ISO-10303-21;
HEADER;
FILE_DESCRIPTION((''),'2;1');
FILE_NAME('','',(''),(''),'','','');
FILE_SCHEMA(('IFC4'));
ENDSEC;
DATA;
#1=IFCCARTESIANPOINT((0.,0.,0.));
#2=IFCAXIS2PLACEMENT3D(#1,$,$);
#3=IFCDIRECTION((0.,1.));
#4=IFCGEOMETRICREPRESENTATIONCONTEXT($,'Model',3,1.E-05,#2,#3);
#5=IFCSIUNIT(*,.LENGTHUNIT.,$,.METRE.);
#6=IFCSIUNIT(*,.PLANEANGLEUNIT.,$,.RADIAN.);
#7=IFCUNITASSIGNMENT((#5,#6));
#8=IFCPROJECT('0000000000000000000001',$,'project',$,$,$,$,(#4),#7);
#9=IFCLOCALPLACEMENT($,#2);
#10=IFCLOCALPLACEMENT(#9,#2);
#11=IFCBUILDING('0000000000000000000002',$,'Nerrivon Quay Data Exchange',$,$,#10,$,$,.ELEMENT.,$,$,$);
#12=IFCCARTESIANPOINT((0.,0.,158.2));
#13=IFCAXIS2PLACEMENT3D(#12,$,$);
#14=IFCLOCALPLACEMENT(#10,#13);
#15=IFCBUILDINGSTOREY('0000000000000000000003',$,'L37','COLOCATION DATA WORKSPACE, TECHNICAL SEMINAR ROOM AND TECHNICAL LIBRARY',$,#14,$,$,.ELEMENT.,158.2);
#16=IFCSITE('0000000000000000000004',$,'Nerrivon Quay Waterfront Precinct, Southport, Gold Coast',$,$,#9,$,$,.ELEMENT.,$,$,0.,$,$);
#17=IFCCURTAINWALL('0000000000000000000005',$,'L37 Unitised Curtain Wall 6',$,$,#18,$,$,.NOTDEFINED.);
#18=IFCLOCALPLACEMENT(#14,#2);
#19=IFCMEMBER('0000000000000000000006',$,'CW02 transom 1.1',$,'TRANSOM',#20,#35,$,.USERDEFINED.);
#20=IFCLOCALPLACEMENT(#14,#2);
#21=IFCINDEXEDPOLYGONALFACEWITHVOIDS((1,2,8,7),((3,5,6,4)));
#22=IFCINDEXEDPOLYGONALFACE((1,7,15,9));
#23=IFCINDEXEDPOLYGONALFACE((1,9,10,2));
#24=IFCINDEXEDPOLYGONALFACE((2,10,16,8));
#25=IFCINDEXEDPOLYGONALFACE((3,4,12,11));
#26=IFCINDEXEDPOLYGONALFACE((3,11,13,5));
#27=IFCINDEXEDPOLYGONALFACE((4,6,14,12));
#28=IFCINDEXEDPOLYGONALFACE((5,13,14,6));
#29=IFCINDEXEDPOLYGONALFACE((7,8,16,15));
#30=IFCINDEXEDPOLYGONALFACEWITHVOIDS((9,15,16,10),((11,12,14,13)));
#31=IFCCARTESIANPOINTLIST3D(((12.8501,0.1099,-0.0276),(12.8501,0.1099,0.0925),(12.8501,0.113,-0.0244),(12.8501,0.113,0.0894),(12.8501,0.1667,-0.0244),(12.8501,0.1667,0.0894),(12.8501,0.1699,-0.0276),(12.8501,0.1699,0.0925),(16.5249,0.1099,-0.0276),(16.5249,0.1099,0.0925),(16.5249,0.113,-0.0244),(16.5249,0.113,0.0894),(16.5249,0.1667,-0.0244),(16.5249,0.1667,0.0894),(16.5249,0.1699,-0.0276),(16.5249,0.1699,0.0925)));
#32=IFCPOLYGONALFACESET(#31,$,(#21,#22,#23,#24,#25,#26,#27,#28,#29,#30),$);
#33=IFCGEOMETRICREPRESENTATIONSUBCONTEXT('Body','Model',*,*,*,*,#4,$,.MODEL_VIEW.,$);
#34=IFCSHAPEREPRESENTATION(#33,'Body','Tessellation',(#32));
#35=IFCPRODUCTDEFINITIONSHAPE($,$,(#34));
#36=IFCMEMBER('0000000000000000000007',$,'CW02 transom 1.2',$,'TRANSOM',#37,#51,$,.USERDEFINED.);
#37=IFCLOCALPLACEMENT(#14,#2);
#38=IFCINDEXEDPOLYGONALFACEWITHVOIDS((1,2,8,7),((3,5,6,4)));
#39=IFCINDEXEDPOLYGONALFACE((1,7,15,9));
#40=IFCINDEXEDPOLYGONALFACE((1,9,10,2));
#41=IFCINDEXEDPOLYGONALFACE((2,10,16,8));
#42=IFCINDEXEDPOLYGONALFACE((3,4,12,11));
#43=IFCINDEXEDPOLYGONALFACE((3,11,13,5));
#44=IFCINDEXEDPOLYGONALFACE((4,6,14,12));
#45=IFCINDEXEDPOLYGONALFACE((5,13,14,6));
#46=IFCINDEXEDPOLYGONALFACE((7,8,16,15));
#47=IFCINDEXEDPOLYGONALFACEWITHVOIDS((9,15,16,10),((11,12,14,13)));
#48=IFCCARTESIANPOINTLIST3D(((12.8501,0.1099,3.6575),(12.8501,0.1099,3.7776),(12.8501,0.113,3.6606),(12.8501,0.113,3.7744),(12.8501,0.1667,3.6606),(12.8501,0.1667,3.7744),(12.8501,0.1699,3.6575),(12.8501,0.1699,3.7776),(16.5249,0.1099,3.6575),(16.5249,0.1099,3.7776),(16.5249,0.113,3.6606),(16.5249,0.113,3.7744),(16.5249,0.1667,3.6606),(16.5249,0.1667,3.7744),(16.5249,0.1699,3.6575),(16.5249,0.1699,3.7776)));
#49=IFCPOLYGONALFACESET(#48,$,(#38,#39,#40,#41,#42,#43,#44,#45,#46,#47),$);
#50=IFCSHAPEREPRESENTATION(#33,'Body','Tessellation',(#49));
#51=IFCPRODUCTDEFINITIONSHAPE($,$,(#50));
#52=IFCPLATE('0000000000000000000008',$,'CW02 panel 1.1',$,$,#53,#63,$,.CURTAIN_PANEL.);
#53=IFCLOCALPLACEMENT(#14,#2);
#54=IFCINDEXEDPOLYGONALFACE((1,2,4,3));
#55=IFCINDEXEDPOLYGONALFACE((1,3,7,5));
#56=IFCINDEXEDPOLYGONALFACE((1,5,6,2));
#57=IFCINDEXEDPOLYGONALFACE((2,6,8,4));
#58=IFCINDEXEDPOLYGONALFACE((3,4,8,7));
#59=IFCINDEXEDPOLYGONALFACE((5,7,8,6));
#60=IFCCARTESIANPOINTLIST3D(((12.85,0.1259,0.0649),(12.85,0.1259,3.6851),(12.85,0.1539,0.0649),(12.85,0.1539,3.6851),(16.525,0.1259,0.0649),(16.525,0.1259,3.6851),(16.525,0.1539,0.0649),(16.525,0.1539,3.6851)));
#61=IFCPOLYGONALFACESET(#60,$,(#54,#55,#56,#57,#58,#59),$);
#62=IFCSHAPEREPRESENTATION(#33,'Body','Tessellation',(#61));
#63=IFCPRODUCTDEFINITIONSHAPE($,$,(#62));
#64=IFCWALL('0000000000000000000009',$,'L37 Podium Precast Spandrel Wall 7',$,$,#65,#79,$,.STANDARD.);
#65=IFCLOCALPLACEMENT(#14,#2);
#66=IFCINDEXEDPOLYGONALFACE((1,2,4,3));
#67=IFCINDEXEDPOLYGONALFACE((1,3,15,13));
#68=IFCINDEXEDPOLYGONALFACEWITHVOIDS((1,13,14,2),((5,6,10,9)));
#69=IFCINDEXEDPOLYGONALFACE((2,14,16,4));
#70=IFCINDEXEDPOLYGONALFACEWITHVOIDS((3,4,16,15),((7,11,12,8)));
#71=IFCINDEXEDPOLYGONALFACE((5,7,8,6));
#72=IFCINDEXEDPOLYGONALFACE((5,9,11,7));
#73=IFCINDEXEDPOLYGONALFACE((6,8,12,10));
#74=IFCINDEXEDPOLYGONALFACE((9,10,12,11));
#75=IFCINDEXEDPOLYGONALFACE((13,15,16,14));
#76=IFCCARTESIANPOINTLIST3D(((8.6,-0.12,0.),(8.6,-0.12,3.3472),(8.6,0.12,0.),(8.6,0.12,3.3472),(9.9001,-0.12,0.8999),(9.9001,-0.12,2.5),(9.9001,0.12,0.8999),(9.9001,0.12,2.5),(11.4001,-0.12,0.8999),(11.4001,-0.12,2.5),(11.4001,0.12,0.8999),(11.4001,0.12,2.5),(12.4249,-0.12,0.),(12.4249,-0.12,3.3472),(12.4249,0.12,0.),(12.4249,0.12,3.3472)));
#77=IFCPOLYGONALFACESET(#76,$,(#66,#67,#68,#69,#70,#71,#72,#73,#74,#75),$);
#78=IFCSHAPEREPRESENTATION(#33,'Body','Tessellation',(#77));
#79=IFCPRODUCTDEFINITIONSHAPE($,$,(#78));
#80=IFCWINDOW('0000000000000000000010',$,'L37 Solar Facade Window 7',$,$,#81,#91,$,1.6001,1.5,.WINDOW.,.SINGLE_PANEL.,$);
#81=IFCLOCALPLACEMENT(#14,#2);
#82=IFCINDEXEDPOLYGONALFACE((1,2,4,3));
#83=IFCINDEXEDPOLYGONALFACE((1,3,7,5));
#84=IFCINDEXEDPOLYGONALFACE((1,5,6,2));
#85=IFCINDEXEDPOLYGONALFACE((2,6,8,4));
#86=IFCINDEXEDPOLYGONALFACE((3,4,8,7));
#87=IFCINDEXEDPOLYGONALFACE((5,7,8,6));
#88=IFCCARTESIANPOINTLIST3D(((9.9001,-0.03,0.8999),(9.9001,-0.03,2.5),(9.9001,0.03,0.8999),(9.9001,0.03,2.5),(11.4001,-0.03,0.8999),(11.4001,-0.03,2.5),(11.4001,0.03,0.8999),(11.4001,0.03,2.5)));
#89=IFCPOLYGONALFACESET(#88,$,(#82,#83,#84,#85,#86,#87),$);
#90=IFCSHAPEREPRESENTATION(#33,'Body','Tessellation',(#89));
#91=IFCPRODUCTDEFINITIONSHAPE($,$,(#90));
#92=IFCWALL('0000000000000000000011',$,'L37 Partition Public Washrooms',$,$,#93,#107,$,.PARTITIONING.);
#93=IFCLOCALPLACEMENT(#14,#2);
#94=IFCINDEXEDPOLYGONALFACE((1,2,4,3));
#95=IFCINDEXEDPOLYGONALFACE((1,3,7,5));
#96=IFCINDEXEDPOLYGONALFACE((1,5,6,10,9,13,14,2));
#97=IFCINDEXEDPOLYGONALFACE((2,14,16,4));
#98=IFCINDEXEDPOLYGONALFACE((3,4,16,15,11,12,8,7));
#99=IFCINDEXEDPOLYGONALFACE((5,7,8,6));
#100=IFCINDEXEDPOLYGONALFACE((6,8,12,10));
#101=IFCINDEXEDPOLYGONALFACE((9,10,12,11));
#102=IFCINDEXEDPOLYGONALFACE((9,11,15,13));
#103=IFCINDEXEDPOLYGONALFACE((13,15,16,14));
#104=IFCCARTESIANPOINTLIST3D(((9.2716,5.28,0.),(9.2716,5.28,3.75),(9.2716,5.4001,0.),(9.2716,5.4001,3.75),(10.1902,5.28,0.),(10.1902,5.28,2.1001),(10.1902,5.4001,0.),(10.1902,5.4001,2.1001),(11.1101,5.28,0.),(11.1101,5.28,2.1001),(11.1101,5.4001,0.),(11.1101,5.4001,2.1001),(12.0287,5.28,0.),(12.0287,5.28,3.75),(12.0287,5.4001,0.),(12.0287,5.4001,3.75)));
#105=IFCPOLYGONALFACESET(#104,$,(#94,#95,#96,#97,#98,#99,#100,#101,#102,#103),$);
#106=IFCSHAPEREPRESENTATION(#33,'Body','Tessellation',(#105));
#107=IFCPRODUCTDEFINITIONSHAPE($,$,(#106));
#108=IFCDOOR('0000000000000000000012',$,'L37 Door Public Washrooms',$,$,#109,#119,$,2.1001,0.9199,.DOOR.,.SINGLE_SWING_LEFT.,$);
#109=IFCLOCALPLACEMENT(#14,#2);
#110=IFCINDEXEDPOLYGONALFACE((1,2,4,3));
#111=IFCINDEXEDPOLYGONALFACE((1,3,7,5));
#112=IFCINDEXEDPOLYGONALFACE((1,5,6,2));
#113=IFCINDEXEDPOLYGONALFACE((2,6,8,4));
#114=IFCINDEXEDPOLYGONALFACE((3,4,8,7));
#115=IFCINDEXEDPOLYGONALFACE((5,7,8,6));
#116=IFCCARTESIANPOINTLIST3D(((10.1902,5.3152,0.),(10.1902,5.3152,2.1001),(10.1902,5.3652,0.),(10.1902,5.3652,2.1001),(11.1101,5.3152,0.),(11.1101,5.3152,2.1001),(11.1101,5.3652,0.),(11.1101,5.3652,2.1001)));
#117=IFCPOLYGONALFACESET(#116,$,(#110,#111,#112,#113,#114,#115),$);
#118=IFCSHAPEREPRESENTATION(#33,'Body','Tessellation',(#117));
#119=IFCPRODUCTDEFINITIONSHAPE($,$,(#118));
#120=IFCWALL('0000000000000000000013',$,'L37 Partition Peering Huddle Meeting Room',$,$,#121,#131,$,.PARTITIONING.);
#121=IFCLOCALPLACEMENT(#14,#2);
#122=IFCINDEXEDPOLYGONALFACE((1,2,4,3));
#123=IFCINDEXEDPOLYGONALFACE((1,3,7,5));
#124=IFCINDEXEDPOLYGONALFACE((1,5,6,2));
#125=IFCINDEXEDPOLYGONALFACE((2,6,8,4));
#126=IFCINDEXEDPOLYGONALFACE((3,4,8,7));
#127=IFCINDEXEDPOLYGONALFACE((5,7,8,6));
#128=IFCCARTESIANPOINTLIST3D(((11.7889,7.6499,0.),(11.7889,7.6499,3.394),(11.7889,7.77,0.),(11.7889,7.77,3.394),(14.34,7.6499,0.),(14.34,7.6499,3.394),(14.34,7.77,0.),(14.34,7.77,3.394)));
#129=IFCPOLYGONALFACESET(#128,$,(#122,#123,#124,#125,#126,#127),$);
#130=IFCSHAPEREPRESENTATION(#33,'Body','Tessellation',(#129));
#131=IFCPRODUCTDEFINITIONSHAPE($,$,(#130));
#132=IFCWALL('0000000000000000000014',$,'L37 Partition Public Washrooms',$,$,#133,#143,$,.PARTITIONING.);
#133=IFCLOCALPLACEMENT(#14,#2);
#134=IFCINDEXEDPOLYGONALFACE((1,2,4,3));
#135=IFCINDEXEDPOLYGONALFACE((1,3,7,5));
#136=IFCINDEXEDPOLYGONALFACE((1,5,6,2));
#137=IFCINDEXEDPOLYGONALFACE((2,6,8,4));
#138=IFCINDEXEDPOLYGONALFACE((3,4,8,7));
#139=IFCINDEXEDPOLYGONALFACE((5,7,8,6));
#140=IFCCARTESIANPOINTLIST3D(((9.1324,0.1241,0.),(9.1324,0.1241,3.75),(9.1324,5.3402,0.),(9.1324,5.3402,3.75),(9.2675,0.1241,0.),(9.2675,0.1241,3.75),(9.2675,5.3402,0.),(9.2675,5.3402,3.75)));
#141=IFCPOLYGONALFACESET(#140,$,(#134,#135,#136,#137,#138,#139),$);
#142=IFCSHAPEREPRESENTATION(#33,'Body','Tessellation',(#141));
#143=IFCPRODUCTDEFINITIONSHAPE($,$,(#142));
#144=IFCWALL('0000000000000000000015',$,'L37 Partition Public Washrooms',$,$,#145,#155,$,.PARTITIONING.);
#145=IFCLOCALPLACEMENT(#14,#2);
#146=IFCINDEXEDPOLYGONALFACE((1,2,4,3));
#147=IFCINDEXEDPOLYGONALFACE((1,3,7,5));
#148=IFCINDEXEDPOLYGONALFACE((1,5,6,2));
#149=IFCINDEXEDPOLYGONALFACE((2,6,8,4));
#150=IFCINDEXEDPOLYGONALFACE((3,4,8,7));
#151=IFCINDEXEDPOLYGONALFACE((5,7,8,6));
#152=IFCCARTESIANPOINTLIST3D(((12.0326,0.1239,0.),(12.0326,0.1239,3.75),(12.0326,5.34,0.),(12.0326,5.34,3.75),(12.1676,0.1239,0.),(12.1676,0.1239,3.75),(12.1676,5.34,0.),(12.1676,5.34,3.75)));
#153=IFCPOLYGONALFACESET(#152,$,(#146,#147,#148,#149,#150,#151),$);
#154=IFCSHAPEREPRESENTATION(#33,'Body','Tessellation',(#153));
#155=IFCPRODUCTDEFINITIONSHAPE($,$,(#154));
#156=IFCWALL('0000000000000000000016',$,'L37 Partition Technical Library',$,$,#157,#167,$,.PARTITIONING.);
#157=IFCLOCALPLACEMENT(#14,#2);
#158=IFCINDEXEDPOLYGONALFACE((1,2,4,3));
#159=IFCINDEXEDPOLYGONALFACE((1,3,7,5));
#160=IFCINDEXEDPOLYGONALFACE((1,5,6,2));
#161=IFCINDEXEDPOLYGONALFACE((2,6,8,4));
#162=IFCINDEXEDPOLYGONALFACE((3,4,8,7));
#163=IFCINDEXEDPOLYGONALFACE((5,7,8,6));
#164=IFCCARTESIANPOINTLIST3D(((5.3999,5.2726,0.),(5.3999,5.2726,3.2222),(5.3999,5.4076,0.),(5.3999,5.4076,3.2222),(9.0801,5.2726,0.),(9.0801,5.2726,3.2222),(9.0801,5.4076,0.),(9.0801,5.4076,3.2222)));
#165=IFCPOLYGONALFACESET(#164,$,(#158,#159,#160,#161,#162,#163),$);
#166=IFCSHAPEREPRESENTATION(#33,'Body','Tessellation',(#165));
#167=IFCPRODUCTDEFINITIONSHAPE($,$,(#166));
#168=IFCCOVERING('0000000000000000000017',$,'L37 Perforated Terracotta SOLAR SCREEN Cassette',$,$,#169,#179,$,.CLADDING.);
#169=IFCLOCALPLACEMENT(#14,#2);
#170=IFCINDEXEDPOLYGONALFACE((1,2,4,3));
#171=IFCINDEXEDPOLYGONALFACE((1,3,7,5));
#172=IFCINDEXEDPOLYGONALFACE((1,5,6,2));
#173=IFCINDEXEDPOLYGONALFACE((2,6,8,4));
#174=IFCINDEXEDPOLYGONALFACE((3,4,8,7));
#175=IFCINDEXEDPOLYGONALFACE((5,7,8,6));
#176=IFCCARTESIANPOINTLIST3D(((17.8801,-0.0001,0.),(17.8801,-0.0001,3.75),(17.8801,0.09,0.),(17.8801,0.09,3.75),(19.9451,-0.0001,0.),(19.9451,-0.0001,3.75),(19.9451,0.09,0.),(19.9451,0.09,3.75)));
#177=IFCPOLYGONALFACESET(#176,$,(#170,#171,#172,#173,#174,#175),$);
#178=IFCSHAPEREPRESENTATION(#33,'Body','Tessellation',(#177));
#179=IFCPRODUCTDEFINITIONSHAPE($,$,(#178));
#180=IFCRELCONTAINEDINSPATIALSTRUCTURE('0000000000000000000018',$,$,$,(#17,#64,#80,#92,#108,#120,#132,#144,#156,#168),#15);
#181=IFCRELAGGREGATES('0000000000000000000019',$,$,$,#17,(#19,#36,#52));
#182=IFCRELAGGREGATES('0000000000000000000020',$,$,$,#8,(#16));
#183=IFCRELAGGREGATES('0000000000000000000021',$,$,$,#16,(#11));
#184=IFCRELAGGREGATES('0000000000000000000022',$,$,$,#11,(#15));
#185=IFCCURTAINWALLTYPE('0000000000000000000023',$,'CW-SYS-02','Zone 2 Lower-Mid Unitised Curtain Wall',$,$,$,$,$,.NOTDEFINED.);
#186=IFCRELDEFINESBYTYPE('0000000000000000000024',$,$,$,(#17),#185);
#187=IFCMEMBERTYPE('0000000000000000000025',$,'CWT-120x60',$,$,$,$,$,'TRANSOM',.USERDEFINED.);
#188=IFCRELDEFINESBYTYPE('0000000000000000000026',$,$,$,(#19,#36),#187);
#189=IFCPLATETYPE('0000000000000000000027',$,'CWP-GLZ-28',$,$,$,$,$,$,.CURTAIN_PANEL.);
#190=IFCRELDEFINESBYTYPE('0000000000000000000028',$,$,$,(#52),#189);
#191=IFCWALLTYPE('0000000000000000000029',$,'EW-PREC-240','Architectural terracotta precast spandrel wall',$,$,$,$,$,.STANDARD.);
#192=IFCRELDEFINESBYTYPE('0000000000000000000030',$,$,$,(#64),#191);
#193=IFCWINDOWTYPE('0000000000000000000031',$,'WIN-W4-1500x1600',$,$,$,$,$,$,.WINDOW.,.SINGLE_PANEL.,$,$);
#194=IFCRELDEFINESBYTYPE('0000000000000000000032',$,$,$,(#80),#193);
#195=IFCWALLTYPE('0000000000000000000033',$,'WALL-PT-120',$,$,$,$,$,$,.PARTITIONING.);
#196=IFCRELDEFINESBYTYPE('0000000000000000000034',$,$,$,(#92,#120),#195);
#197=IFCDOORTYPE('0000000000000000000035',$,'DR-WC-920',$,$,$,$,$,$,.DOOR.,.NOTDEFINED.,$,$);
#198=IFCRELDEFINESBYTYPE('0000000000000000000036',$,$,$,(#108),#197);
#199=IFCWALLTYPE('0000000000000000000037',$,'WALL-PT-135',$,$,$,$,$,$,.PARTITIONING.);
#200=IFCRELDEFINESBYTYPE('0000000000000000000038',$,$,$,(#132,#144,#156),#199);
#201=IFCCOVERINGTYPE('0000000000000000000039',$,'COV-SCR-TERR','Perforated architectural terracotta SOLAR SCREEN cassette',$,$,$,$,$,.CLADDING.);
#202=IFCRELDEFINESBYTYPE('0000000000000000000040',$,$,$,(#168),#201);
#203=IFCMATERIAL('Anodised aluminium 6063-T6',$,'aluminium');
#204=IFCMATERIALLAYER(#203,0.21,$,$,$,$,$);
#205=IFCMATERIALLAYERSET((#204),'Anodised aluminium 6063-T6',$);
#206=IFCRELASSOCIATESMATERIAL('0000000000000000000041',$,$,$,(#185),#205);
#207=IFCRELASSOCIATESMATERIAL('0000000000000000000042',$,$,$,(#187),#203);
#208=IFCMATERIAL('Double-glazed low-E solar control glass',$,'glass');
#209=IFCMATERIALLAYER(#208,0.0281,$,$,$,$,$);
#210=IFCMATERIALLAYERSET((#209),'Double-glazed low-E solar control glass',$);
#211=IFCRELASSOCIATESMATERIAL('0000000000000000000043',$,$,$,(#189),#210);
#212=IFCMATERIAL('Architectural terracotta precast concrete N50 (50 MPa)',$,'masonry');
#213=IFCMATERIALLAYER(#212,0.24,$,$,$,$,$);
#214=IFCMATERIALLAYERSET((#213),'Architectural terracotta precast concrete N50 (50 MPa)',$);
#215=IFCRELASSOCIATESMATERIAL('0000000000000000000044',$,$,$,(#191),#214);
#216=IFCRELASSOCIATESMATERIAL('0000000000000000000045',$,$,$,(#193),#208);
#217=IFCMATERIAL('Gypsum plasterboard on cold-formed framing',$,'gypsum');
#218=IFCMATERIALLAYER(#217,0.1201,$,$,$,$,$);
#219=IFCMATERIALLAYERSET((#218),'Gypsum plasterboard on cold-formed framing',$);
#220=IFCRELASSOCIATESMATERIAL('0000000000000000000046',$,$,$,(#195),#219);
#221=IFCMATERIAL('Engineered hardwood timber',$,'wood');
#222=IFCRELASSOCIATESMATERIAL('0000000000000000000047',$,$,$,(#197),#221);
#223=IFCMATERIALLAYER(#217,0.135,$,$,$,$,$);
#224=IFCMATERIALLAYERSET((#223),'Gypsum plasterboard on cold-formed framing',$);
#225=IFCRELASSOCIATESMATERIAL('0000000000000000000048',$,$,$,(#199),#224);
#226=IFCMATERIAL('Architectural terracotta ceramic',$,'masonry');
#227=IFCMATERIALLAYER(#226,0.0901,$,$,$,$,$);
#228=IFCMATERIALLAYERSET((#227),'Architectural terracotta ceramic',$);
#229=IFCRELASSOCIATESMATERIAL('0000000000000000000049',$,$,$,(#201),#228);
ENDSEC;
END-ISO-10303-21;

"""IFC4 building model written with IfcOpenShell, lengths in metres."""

from ifc_helpers import new_model, si_unit, direction, frame, frame_2d, origin, origin_2d, place, context, subcontext, project, spatial, rectangle, hollow_rectangle, extrude, material, layer, layer_set, material_profile, profile_set, type_object, element, fill, aggregate, save


model = new_model("IFC4")

# Units and contexts
model_context = context("Model", 3, precision=1e-05, world=origin(), true_north=direction((0.0, 1.0)))
body_context = subcontext(model_context, "Body", "Model", "MODEL_VIEW")
ifc_project = project(units=[si_unit("LENGTHUNIT", "METRE"), si_unit("PLANEANGLEUNIT", "RADIAN")], contexts=[model_context])

# Site, building, storey
site_placement = place(None, origin())
site = spatial("IfcSite", under=ifc_project, at=site_placement, Name="Nerrivon Quay Waterfront Precinct, Southport, Gold Coast", CompositionType="ELEMENT", RefElevation=0.0)
building_placement = place(site_placement, origin())
building = spatial("IfcBuilding", under=site, at=building_placement, Name="Nerrivon Quay Data Exchange", CompositionType="ELEMENT")
storey_placement = place(building_placement, frame((0.0, 0.0, 158.2)))
storey = spatial("IfcBuildingStorey", under=building, at=storey_placement, Name="L37", Description="COLOCATION DATA WORKSPACE, TECHNICAL SEMINAR ROOM AND TECHNICAL LIBRARY", CompositionType="ELEMENT", Elevation=158.2)

# Curtain wall
ifc_material_1 = material(Name="Anodised aluminium 6063-T6", Category="aluminium")
ifc_layer_1 = layer(ifc_material_1, 0.21)
ifc_layer_set_1 = layer_set([ifc_layer_1], Name="Anodised aluminium 6063-T6")
curtain_wall_type = type_object("IfcCurtainWallType", Name="CW-SYS-02", Description="Zone 2 Lower-Mid Unitised Curtain Wall", PredefinedType="NOTDEFINED", material=ifc_layer_set_1)
curtain_wall_1_placement = place(storey_placement, origin())
curtain_wall_1 = element("IfcCurtainWall", 1, at=curtain_wall_1_placement, inside=storey, type_object=curtain_wall_type, Name="L37 Unitised Curtain Wall 6", PredefinedType="NOTDEFINED")

# Members
ifc_material_profile_1 = material_profile(ifc_material_1, hollow_rectangle(XDim=0.0601, YDim=0.1201, WallThickness=0.0032, at=origin_2d()), Name="ALU-TRAN-120x60")
ifc_profile_set_1 = profile_set([ifc_material_profile_1], Name="Anodised aluminium 6063-T6")
member_type_1 = type_object("IfcMemberType", Name="CWT-120x60", ElementType="TRANSOM", PredefinedType="USERDEFINED", material=ifc_profile_set_1)
member_1_placement = place(storey_placement, frame((16.5249, 0.1399, 0.0325), z_axis=(-1.0, 0.0, 0.0), x_axis=(0.0, -1.0, 0.0)))
member_1 = element("IfcMember", 2, at=member_1_placement, type_object=member_type_1, Name="CW02 transom 1.1", ObjectType="TRANSOM", PredefinedType="USERDEFINED", context=body_context, shape_type="SweptSolid", body=[
    extrude(hollow_rectangle(XDim=0.0601, YDim=0.1201, WallThickness=0.0032, at=origin_2d()), origin(), (0.0, 0.0, 1.0), 3.6748),
])
member_2_placement = place(storey_placement, frame((16.5249, 0.1399, 3.7175), z_axis=(-1.0, 0.0, 0.0), x_axis=(0.0, -1.0, 0.0)))
member_2 = element("IfcMember", 3, at=member_2_placement, type_object=member_type_1, Name="CW02 transom 1.2", ObjectType="TRANSOM", PredefinedType="USERDEFINED", context=body_context, shape_type="SweptSolid", body=[
    extrude(hollow_rectangle(XDim=0.0601, YDim=0.1201, WallThickness=0.0032, at=origin_2d()), origin(), (0.0, 0.0, 1.0), 3.6748),
])

# Plate
ifc_material_2 = material(Name="Double-glazed low-E solar control glass", Category="glass")
ifc_layer_2 = layer(ifc_material_2, 0.0281)
ifc_layer_set_2 = layer_set([ifc_layer_2], Name="Double-glazed low-E solar control glass")
plate_type = type_object("IfcPlateType", Name="CWP-GLZ-28", PredefinedType="CURTAIN_PANEL", material=ifc_layer_set_2)
plate_placement = place(storey_placement, frame((14.6875, 0.1399, 0.0649), z_axis=(0.0, 0.0, 1.0), x_axis=(-1.0, 0.0, 0.0)))
plate = element("IfcPlate", 4, at=plate_placement, type_object=plate_type, Name="CW02 panel 1.1", PredefinedType="CURTAIN_PANEL", context=body_context, shape_type="SweptSolid", body=[
    extrude(rectangle(XDim=3.675, YDim=0.0281, at=origin_2d()), origin(), (0.0, 0.0, 1.0), 3.6201),
])
aggregate(curtain_wall_1, [member_1, member_2, plate])

# Wall, opening, window
ifc_material_3 = material(Name="Architectural terracotta precast concrete N50 (50 MPa)", Category="masonry")
ifc_layer_3 = layer(ifc_material_3, 0.24)
ifc_layer_set_3 = layer_set([ifc_layer_3], Name="Architectural terracotta precast concrete N50 (50 MPa)")
wall_type_1 = type_object("IfcWallType", Name="EW-PREC-240", Description="Architectural terracotta precast spandrel wall", PredefinedType="STANDARD", material=ifc_layer_set_3)
wall_1_placement = place(storey_placement, frame((12.425, 0.0, 0.0), z_axis=(0.0, 0.0, 1.0), x_axis=(-1.0, 0.0, 0.0)))
wall_1 = element("IfcWall", 5, at=wall_1_placement, inside=storey, type_object=wall_type_1, Name="L37 Podium Precast Spandrel Wall 7", PredefinedType="STANDARD", context=body_context, shape_type="SweptSolid", body=[
    extrude(rectangle(XDim=3.825, YDim=0.24, at=frame_2d((1.9126, 0.0))), origin(), (0.0, 0.0, 1.0), 3.3472),
])
opening_1_placement = place(wall_1_placement, frame((1.0249, 0.0, 0.8999)))
opening_1 = element("IfcOpeningElement", 6, at=opening_1_placement, cuts=wall_1, PredefinedType="OPENING", context=body_context, shape_type="SweptSolid", body=[
    extrude(rectangle(XDim=1.5, YDim=1.6001, at=frame_2d((0.75, 0.8))), frame((0.0, 0.1299, 0.0), z_axis=(0.0, -1.0, 0.0), x_axis=(1.0, 0.0, 0.0)), (0.0, 0.0, 1.0), 0.26),
])
window_type = type_object("IfcWindowType", Name="WIN-W4-1500x1600", PartitioningType="SINGLE_PANEL", PredefinedType="WINDOW", material=ifc_material_2)
window_placement = place(opening_1_placement, origin())
window = element("IfcWindow", 7, at=window_placement, inside=storey, type_object=window_type, Name="L37 Solar Facade Window 7", OverallHeight=1.6001, OverallWidth=1.5, PartitioningType="SINGLE_PANEL", PredefinedType="WINDOW", context=body_context, shape_type="SweptSolid", body=[
    extrude(rectangle(XDim=1.5, YDim=1.6001, at=frame_2d((0.75, 0.8))), frame((0.0, 0.03, 0.0), z_axis=(0.0, -1.0, 0.0), x_axis=(1.0, 0.0, 0.0)), (0.0, 0.0, 1.0), 0.0601),
])
fill(opening_1, window)

# Wall, opening, door
ifc_material_4 = material(Name="Gypsum plasterboard on cold-formed framing", Category="gypsum")
ifc_layer_4 = layer(ifc_material_4, 0.1201)
ifc_layer_set_4 = layer_set([ifc_layer_4], Name="Gypsum plasterboard on cold-formed framing")
wall_type_2 = type_object("IfcWallType", Name="WALL-PT-120", PredefinedType="PARTITIONING", material=ifc_layer_set_4)
wall_2_placement = place(storey_placement, frame((12.0286, 5.3401, 0.0), z_axis=(0.0, 0.0, 1.0), x_axis=(-1.0, 0.0, 0.0)))
wall_2 = element("IfcWall", 8, at=wall_2_placement, inside=storey, type_object=wall_type_2, Name="L37 Partition Public Washrooms", PredefinedType="PARTITIONING", context=body_context, shape_type="SweptSolid", body=[
    extrude(rectangle(XDim=2.7571, YDim=0.1201, at=frame_2d((1.3784, 0.0))), origin(), (0.0, 0.0, 1.0), 3.75),
])
opening_2_placement = place(wall_2_placement, frame((0.9185, 0.0, 0.0)))
opening_2 = element("IfcOpeningElement", 9, at=opening_2_placement, cuts=wall_2, PredefinedType="OPENING", context=body_context, shape_type="SweptSolid", body=[
    extrude(rectangle(XDim=0.9199, YDim=2.1001, at=frame_2d((0.46, 1.05))), frame((0.0, 0.0701, 0.0), z_axis=(0.0, -1.0, 0.0), x_axis=(1.0, 0.0, 0.0)), (0.0, 0.0, 1.0), 0.1401),
])
ifc_material_5 = material(Name="Engineered hardwood timber", Category="wood")
door_type = type_object("IfcDoorType", Name="DR-WC-920", OperationType="NOTDEFINED", PredefinedType="DOOR", material=ifc_material_5)
door_placement = place(opening_2_placement, origin())
door = element("IfcDoor", 10, at=door_placement, inside=storey, type_object=door_type, Name="L37 Door Public Washrooms", OperationType="SINGLE_SWING_LEFT", OverallHeight=2.1001, OverallWidth=0.9199, PredefinedType="DOOR", context=body_context, shape_type="SweptSolid", body=[
    extrude(rectangle(XDim=0.9199, YDim=2.1001, at=frame_2d((0.46, 1.05))), frame((0.0, 0.0249, 0.0), z_axis=(0.0, -1.0, 0.0), x_axis=(1.0, 0.0, 0.0)), (0.0, 0.0, 1.0), 0.05),
])
fill(opening_2, door)

# Walls
wall_3_placement = place(storey_placement, frame((11.7891, 7.71, 0.0), z_axis=(0.0, 0.0, 1.0), x_axis=(1.0, 0.0, 0.0)))
element("IfcWall", 11, at=wall_3_placement, inside=storey, type_object=wall_type_2, Name="L37 Partition Peering Huddle Meeting Room", PredefinedType="PARTITIONING", context=body_context, shape_type="SweptSolid", body=[
    extrude(rectangle(XDim=2.551, YDim=0.1201, at=frame_2d((1.2754, 0.0))), origin(), (0.0, 0.0, 1.0), 3.394),
])
ifc_layer_5 = layer(ifc_material_4, 0.135)
ifc_layer_set_5 = layer_set([ifc_layer_5], Name="Gypsum plasterboard on cold-formed framing")
wall_type_3 = type_object("IfcWallType", Name="WALL-PT-135", PredefinedType="PARTITIONING", material=ifc_layer_set_5)
for number, where, z_axis, x_axis, name in (
    (12, (9.2, 5.3401, 0.0), (0.0, 0.0, 1.0), (0.0, -1.0, 0.0), "L37 Partition Public Washrooms"),
    (13, (12.1001, 0.124, 0.0), (0.0, 0.0, 1.0), (0.0, 1.0, 0.0), "L37 Partition Public Washrooms"),
):
    element("IfcWall", number, at=place(storey_placement, frame(where, z_axis=z_axis, x_axis=x_axis)), inside=storey, type_object=wall_type_3, Name=name, PredefinedType="PARTITIONING", context=body_context, shape_type="SweptSolid", body=[
        extrude(rectangle(XDim=5.2161, YDim=0.135, at=frame_2d((2.6079, 0.0))), origin(), (0.0, 0.0, 1.0), 3.75),
    ])
wall_4_placement = place(storey_placement, frame((9.0801, 5.3401, 0.0), z_axis=(0.0, 0.0, 1.0), x_axis=(-1.0, 0.0, 0.0)))
element("IfcWall", 14, at=wall_4_placement, inside=storey, type_object=wall_type_3, Name="L37 Partition Technical Library", PredefinedType="PARTITIONING", context=body_context, shape_type="SweptSolid", body=[
    extrude(rectangle(XDim=3.6802, YDim=0.135, at=frame_2d((1.8401, 0.0))), origin(), (0.0, 0.0, 1.0), 3.2222),
])

# Covering
ifc_material_6 = material(Name="Architectural terracotta ceramic", Category="masonry")
ifc_layer_6 = layer(ifc_material_6, 0.0901)
ifc_layer_set_6 = layer_set([ifc_layer_6], Name="Architectural terracotta ceramic")
covering_type = type_object("IfcCoveringType", Name="COV-SCR-TERR", Description="Perforated architectural terracotta SOLAR SCREEN cassette", PredefinedType="CLADDING", material=ifc_layer_set_6)
covering_placement = place(storey_placement, frame((18.9126, 0.0449, 0.0), z_axis=(0.0, 0.0, 1.0), x_axis=(-1.0, 0.0, 0.0)))
element("IfcCovering", 15, at=covering_placement, inside=storey, type_object=covering_type, Name="L37 Perforated Terracotta SOLAR SCREEN Cassette", PredefinedType="CLADDING", context=body_context, shape_type="SweptSolid", body=[
    extrude(rectangle(XDim=2.0649, YDim=0.0901, at=origin_2d()), origin(), (0.0, 0.0, 1.0), 3.75),
])

save(model, "model.ifc")
